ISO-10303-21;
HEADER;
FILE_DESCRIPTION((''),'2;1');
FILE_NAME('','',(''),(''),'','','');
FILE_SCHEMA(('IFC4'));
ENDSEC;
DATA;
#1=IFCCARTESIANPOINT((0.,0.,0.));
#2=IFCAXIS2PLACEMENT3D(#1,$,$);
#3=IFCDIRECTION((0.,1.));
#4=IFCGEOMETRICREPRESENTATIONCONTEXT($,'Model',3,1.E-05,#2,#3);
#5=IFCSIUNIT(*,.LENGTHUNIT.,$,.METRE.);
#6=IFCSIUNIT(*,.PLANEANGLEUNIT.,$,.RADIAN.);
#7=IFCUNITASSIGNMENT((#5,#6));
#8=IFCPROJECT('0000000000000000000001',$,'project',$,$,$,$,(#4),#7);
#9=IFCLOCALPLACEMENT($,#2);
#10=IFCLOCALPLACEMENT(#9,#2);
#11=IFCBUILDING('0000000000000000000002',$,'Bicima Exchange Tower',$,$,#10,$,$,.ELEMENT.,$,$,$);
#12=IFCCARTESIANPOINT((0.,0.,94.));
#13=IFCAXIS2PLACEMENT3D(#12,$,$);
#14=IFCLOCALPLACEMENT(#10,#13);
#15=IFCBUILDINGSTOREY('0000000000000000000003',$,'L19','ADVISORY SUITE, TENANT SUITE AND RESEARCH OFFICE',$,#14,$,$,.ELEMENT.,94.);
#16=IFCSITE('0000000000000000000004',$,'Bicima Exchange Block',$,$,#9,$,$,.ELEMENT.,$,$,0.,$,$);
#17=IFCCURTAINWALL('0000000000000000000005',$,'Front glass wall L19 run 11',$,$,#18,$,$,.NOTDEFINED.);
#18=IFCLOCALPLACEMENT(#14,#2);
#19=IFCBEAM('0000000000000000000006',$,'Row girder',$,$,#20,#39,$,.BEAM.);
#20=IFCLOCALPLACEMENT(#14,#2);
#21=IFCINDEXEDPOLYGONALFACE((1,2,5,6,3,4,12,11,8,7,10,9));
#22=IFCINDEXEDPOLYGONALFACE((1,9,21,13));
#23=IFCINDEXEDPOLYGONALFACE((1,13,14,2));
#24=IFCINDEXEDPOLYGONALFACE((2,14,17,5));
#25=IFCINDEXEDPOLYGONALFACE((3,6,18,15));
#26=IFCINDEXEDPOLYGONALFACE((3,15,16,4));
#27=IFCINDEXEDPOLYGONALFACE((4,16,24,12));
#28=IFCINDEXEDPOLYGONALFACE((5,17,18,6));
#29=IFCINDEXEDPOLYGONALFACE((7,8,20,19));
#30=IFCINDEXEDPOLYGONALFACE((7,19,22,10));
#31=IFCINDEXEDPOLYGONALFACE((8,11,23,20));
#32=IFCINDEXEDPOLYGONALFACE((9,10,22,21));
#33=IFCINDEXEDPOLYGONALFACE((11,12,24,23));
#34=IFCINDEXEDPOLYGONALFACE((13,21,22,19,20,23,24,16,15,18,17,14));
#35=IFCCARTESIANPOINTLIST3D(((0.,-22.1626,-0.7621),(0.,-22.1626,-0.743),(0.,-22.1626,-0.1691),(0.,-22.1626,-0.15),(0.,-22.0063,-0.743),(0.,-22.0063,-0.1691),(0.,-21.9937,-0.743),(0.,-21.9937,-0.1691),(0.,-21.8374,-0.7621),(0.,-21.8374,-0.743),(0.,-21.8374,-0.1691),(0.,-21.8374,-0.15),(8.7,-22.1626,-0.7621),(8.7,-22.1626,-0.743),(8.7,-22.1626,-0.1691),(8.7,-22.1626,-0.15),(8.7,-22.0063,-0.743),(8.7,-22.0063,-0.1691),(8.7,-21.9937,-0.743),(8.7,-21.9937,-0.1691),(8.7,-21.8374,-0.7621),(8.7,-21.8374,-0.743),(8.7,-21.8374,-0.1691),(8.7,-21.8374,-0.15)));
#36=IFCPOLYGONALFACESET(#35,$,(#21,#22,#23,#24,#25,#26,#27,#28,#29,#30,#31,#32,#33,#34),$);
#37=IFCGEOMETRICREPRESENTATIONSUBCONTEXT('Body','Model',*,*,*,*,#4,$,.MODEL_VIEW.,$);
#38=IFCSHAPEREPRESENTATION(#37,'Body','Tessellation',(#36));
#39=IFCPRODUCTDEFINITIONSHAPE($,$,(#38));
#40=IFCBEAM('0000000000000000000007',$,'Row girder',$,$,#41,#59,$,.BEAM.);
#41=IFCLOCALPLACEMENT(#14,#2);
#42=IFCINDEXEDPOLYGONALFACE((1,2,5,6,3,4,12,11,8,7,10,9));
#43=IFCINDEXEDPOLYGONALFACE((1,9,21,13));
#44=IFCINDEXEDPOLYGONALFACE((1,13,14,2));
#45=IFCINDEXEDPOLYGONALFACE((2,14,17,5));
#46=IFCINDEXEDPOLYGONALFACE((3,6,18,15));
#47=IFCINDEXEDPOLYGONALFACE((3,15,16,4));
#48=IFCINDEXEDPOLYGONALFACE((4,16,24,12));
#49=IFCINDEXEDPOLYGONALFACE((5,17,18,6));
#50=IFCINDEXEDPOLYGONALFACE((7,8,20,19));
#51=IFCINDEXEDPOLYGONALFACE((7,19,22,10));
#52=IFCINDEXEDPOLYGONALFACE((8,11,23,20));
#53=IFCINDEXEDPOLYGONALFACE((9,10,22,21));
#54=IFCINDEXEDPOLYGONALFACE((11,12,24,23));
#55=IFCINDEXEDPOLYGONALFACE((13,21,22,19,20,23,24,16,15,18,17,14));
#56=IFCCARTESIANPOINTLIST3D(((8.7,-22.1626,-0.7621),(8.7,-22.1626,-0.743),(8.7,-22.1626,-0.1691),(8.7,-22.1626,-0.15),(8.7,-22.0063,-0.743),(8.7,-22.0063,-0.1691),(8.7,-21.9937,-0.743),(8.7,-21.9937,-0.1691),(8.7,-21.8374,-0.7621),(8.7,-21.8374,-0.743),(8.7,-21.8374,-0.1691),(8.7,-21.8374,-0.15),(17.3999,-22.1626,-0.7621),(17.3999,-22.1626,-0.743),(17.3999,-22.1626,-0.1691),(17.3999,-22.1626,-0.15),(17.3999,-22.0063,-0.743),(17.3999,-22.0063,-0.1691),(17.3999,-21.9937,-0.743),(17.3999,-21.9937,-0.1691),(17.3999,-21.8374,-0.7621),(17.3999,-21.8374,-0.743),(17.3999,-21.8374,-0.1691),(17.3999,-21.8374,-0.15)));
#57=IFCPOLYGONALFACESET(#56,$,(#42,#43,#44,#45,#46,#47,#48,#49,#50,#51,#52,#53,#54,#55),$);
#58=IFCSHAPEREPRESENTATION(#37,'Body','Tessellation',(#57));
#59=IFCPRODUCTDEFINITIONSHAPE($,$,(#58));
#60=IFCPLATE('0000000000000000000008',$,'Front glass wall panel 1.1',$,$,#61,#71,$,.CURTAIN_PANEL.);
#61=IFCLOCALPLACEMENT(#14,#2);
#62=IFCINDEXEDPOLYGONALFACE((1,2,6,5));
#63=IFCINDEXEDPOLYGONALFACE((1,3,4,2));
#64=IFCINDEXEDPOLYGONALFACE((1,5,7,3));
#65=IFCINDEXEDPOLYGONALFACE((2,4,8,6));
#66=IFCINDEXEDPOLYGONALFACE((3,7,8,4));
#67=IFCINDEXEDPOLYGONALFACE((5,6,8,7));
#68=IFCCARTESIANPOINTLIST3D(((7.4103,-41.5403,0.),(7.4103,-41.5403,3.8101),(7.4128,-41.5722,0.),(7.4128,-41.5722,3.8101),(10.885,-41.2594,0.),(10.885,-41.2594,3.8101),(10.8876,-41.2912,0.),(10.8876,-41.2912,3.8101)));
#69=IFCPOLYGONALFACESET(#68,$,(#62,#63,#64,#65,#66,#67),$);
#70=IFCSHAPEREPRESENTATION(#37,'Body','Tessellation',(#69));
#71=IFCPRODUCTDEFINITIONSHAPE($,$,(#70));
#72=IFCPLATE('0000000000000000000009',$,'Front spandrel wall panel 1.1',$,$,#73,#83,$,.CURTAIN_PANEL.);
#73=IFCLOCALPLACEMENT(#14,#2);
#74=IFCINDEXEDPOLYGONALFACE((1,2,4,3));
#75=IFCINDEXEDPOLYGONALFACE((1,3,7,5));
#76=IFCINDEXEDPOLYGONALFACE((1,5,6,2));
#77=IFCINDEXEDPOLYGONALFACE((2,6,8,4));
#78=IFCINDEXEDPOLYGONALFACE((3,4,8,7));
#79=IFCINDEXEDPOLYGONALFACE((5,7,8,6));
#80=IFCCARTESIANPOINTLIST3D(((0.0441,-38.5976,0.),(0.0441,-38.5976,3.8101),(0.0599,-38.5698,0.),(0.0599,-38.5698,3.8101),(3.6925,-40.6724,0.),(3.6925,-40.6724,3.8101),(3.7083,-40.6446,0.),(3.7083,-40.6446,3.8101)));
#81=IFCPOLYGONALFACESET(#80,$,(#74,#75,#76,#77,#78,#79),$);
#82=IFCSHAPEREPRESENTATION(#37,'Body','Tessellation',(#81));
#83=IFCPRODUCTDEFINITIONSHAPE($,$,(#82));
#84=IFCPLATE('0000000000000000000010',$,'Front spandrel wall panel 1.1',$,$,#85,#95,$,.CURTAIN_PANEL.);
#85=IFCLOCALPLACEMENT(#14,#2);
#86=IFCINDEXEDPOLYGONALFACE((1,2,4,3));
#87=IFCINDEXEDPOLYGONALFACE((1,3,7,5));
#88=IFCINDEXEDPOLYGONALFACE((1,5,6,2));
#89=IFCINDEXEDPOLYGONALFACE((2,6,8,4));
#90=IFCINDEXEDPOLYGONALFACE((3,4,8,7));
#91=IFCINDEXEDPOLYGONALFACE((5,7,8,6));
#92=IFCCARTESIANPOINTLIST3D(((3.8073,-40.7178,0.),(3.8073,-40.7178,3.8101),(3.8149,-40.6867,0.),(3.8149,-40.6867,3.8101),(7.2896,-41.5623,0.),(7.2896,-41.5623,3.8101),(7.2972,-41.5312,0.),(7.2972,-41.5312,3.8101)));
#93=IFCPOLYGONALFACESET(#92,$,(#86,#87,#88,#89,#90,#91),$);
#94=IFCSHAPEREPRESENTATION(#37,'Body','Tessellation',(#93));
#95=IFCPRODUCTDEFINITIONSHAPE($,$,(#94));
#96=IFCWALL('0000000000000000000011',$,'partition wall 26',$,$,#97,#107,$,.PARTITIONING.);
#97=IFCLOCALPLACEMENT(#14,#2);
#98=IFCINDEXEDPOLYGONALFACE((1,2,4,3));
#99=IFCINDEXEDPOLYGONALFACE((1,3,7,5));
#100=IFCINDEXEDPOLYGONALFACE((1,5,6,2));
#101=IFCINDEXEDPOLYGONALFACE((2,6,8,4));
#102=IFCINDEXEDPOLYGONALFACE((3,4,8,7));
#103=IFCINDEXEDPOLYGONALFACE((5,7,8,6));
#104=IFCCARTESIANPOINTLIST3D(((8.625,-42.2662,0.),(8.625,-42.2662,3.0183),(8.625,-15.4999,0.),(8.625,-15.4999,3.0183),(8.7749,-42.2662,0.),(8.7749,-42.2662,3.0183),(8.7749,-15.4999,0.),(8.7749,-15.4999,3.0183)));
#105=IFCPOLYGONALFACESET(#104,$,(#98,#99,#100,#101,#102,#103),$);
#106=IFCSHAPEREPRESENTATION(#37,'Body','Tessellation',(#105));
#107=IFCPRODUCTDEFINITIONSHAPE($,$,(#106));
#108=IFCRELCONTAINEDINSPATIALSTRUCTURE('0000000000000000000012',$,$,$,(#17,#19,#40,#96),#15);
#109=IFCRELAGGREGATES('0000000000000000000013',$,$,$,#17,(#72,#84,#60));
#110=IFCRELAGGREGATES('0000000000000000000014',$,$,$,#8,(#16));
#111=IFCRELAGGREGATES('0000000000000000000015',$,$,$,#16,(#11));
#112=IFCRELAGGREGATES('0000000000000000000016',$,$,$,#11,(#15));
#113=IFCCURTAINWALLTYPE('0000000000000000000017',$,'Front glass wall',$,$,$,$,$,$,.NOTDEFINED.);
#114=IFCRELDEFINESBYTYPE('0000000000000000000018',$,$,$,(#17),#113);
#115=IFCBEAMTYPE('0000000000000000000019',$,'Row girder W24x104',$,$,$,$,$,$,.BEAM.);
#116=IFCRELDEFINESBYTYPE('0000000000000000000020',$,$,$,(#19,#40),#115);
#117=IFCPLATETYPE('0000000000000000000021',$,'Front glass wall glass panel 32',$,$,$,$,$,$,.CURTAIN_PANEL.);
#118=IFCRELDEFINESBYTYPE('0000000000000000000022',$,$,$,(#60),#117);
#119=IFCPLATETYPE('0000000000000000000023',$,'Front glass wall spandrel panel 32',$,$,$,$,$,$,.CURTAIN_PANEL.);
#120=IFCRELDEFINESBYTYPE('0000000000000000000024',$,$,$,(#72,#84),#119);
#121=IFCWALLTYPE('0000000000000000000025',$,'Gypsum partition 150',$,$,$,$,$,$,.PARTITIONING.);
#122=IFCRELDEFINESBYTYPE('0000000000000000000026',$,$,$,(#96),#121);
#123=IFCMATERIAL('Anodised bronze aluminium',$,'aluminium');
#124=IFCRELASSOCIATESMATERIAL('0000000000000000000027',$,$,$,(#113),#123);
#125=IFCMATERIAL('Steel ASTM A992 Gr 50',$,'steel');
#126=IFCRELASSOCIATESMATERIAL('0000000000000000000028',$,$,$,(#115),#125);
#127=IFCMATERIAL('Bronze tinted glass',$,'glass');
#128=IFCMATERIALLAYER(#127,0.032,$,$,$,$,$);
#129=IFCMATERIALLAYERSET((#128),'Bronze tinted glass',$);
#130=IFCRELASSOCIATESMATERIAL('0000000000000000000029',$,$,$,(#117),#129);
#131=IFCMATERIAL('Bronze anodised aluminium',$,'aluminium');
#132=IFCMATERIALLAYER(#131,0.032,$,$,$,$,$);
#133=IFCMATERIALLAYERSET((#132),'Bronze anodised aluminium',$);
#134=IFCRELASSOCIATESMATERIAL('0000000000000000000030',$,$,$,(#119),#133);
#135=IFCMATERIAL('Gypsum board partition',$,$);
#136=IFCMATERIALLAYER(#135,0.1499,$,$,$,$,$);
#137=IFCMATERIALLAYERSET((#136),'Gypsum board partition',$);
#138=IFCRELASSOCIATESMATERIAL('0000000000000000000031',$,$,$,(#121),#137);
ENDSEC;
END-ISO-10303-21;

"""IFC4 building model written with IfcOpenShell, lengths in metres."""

from ifc_helpers import new_model, si_unit, direction, frame, frame_2d, origin, origin_2d, place, context, subcontext, project, spatial, rectangle, i_section, extrude, material, layer, layer_set, material_profile, profile_set, type_object, element, aggregate, save


model = new_model("IFC4")

# Units and contexts
model_context = context("Model", 3, precision=1e-05, world=origin(), true_north=direction((0.0, 1.0)))
body_context = subcontext(model_context, "Body", "Model", "MODEL_VIEW")
ifc_project = project(units=[si_unit("LENGTHUNIT", "METRE"), si_unit("PLANEANGLEUNIT", "RADIAN")], contexts=[model_context])

# Site, building, storey
site_placement = place(None, origin())
site = spatial("IfcSite", under=ifc_project, at=site_placement, Name="Bicima Exchange Block", CompositionType="ELEMENT", RefElevation=0.0)
building_placement = place(site_placement, origin())
building = spatial("IfcBuilding", under=site, at=building_placement, Name="Bicima Exchange Tower", CompositionType="ELEMENT")
storey_placement = place(building_placement, frame((0.0, 0.0, 94.0)))
storey = spatial("IfcBuildingStorey", under=building, at=storey_placement, Name="L19", Description="ADVISORY SUITE, TENANT SUITE AND RESEARCH OFFICE", CompositionType="ELEMENT", Elevation=94.0)

# Shared definitions
ifc_material_1 = material(Name="Steel ASTM A992 Gr 50", Category="steel")

# Curtain wall
ifc_material_2 = material(Name="Anodised bronze aluminium", Category="aluminium")
curtain_wall_type = type_object("IfcCurtainWallType", Name="Front glass wall", PredefinedType="NOTDEFINED", material=ifc_material_2)
curtain_wall_placement = place(storey_placement, origin())
curtain_wall = element("IfcCurtainWall", 1, at=curtain_wall_placement, inside=storey, type_object=curtain_wall_type, Name="Front glass wall L19 run 11", PredefinedType="NOTDEFINED")

# Beams
ifc_material_profile_1 = material_profile(ifc_material_1, i_section(OverallWidth=0.3252, OverallDepth=0.6121, WebThickness=0.0127, FlangeThickness=0.019, at=origin_2d()))
ifc_profile_set_1 = profile_set([ifc_material_profile_1], Name="Steel ASTM A992 Gr 50")
beam_type_1 = type_object("IfcBeamType", Name="Row girder W24x104", PredefinedType="BEAM", material=ifc_profile_set_1)
for number, where, z_axis, x_axis, name in (
    (2, (0.0, -22.0, -0.4561), (1.0, 0.0, 0.0), (0.0, 1.0, 0.0), "Row girder"),
    (3, (8.7, -22.0, -0.4561), (1.0, 0.0, 0.0), (0.0, 1.0, 0.0), "Row girder"),
):
    element("IfcBeam", number, at=place(storey_placement, frame(where, z_axis=z_axis, x_axis=x_axis)), inside=storey, type_object=beam_type_1, Name=name, PredefinedType="BEAM", context=body_context, shape_type="SweptSolid", body=[
        extrude(i_section(OverallWidth=0.3252, OverallDepth=0.6121, WebThickness=0.0127, FlangeThickness=0.019, at=origin_2d()), origin(), (0.0, 0.0, 1.0), 8.7),
    ])

# Plates
ifc_material_3 = material(Name="Bronze tinted glass", Category="glass")
ifc_layer_1 = layer(ifc_material_3, 0.032)
ifc_layer_set_1 = layer_set([ifc_layer_1], Name="Bronze tinted glass")
plate_type_1 = type_object("IfcPlateType", Name="Front glass wall glass panel 32", PredefinedType="CURTAIN_PANEL", material=ifc_layer_set_1)
plate_1_placement = place(storey_placement, frame((9.1489, -41.4158, 0.0), z_axis=(0.0, 0.0, 1.0), x_axis=(0.996747, 0.080589, 0.0)))
plate_1 = element("IfcPlate", 4, at=plate_1_placement, type_object=plate_type_1, Name="Front glass wall panel 1.1", PredefinedType="CURTAIN_PANEL", context=body_context, shape_type="SweptSolid", body=[
    extrude(rectangle(XDim=3.4861, YDim=0.032, at=origin_2d()), origin(), (0.0, 0.0, 1.0), 3.8101),
])
ifc_material_4 = material(Name="Bronze anodised aluminium", Category="aluminium")
ifc_layer_2 = layer(ifc_material_4, 0.032)
ifc_layer_set_2 = layer_set([ifc_layer_2], Name="Bronze anodised aluminium")
plate_type_2 = type_object("IfcPlateType", Name="Front glass wall spandrel panel 32", PredefinedType="CURTAIN_PANEL", material=ifc_layer_set_2)
plate_2_placement = place(storey_placement, frame((1.8762, -39.6211, 0.0), z_axis=(0.0, 0.0, 1.0), x_axis=(0.869274, -0.49433, 0.0)))
plate_2 = element("IfcPlate", 5, at=plate_2_placement, type_object=plate_type_2, Name="Front spandrel wall panel 1.1", PredefinedType="CURTAIN_PANEL", context=body_context, shape_type="SweptSolid", body=[
    extrude(rectangle(XDim=4.197, YDim=0.032, at=origin_2d()), origin(), (0.0, 0.0, 1.0), 3.8101),
])
plate_3_placement = place(storey_placement, frame((5.5522, -41.1245, 0.0), z_axis=(0.0, 0.0, 1.0), x_axis=(0.97183, -0.235682, 0.0)))
plate_3 = element("IfcPlate", 6, at=plate_3_placement, type_object=plate_type_2, Name="Front spandrel wall panel 1.1", PredefinedType="CURTAIN_PANEL", context=body_context, shape_type="SweptSolid", body=[
    extrude(rectangle(XDim=3.5833, YDim=0.032, at=origin_2d()), origin(), (0.0, 0.0, 1.0), 3.8101),
])
aggregate(curtain_wall, [plate_2, plate_3, plate_1])

# Wall
ifc_material_5 = material(Name="Gypsum board partition")
ifc_layer_3 = layer(ifc_material_5, 0.1499)
ifc_layer_set_3 = layer_set([ifc_layer_3], Name="Gypsum board partition")
wall_type = type_object("IfcWallType", Name="Gypsum partition 150", PredefinedType="PARTITIONING", material=ifc_layer_set_3)
wall_placement = place(storey_placement, frame((8.7, -42.2664, 0.0), z_axis=(0.0, 0.0, 1.0), x_axis=(0.0, 1.0, 0.0)))
element("IfcWall", 7, at=wall_placement, inside=storey, type_object=wall_type, Name="partition wall 26", PredefinedType="PARTITIONING", context=body_context, shape_type="SweptSolid", body=[
    extrude(rectangle(XDim=26.7664, YDim=0.1499, at=frame_2d((13.3833, 0.0))), origin(), (0.0, 0.0, 1.0), 3.0183),
])

save(model, "model.ifc")
